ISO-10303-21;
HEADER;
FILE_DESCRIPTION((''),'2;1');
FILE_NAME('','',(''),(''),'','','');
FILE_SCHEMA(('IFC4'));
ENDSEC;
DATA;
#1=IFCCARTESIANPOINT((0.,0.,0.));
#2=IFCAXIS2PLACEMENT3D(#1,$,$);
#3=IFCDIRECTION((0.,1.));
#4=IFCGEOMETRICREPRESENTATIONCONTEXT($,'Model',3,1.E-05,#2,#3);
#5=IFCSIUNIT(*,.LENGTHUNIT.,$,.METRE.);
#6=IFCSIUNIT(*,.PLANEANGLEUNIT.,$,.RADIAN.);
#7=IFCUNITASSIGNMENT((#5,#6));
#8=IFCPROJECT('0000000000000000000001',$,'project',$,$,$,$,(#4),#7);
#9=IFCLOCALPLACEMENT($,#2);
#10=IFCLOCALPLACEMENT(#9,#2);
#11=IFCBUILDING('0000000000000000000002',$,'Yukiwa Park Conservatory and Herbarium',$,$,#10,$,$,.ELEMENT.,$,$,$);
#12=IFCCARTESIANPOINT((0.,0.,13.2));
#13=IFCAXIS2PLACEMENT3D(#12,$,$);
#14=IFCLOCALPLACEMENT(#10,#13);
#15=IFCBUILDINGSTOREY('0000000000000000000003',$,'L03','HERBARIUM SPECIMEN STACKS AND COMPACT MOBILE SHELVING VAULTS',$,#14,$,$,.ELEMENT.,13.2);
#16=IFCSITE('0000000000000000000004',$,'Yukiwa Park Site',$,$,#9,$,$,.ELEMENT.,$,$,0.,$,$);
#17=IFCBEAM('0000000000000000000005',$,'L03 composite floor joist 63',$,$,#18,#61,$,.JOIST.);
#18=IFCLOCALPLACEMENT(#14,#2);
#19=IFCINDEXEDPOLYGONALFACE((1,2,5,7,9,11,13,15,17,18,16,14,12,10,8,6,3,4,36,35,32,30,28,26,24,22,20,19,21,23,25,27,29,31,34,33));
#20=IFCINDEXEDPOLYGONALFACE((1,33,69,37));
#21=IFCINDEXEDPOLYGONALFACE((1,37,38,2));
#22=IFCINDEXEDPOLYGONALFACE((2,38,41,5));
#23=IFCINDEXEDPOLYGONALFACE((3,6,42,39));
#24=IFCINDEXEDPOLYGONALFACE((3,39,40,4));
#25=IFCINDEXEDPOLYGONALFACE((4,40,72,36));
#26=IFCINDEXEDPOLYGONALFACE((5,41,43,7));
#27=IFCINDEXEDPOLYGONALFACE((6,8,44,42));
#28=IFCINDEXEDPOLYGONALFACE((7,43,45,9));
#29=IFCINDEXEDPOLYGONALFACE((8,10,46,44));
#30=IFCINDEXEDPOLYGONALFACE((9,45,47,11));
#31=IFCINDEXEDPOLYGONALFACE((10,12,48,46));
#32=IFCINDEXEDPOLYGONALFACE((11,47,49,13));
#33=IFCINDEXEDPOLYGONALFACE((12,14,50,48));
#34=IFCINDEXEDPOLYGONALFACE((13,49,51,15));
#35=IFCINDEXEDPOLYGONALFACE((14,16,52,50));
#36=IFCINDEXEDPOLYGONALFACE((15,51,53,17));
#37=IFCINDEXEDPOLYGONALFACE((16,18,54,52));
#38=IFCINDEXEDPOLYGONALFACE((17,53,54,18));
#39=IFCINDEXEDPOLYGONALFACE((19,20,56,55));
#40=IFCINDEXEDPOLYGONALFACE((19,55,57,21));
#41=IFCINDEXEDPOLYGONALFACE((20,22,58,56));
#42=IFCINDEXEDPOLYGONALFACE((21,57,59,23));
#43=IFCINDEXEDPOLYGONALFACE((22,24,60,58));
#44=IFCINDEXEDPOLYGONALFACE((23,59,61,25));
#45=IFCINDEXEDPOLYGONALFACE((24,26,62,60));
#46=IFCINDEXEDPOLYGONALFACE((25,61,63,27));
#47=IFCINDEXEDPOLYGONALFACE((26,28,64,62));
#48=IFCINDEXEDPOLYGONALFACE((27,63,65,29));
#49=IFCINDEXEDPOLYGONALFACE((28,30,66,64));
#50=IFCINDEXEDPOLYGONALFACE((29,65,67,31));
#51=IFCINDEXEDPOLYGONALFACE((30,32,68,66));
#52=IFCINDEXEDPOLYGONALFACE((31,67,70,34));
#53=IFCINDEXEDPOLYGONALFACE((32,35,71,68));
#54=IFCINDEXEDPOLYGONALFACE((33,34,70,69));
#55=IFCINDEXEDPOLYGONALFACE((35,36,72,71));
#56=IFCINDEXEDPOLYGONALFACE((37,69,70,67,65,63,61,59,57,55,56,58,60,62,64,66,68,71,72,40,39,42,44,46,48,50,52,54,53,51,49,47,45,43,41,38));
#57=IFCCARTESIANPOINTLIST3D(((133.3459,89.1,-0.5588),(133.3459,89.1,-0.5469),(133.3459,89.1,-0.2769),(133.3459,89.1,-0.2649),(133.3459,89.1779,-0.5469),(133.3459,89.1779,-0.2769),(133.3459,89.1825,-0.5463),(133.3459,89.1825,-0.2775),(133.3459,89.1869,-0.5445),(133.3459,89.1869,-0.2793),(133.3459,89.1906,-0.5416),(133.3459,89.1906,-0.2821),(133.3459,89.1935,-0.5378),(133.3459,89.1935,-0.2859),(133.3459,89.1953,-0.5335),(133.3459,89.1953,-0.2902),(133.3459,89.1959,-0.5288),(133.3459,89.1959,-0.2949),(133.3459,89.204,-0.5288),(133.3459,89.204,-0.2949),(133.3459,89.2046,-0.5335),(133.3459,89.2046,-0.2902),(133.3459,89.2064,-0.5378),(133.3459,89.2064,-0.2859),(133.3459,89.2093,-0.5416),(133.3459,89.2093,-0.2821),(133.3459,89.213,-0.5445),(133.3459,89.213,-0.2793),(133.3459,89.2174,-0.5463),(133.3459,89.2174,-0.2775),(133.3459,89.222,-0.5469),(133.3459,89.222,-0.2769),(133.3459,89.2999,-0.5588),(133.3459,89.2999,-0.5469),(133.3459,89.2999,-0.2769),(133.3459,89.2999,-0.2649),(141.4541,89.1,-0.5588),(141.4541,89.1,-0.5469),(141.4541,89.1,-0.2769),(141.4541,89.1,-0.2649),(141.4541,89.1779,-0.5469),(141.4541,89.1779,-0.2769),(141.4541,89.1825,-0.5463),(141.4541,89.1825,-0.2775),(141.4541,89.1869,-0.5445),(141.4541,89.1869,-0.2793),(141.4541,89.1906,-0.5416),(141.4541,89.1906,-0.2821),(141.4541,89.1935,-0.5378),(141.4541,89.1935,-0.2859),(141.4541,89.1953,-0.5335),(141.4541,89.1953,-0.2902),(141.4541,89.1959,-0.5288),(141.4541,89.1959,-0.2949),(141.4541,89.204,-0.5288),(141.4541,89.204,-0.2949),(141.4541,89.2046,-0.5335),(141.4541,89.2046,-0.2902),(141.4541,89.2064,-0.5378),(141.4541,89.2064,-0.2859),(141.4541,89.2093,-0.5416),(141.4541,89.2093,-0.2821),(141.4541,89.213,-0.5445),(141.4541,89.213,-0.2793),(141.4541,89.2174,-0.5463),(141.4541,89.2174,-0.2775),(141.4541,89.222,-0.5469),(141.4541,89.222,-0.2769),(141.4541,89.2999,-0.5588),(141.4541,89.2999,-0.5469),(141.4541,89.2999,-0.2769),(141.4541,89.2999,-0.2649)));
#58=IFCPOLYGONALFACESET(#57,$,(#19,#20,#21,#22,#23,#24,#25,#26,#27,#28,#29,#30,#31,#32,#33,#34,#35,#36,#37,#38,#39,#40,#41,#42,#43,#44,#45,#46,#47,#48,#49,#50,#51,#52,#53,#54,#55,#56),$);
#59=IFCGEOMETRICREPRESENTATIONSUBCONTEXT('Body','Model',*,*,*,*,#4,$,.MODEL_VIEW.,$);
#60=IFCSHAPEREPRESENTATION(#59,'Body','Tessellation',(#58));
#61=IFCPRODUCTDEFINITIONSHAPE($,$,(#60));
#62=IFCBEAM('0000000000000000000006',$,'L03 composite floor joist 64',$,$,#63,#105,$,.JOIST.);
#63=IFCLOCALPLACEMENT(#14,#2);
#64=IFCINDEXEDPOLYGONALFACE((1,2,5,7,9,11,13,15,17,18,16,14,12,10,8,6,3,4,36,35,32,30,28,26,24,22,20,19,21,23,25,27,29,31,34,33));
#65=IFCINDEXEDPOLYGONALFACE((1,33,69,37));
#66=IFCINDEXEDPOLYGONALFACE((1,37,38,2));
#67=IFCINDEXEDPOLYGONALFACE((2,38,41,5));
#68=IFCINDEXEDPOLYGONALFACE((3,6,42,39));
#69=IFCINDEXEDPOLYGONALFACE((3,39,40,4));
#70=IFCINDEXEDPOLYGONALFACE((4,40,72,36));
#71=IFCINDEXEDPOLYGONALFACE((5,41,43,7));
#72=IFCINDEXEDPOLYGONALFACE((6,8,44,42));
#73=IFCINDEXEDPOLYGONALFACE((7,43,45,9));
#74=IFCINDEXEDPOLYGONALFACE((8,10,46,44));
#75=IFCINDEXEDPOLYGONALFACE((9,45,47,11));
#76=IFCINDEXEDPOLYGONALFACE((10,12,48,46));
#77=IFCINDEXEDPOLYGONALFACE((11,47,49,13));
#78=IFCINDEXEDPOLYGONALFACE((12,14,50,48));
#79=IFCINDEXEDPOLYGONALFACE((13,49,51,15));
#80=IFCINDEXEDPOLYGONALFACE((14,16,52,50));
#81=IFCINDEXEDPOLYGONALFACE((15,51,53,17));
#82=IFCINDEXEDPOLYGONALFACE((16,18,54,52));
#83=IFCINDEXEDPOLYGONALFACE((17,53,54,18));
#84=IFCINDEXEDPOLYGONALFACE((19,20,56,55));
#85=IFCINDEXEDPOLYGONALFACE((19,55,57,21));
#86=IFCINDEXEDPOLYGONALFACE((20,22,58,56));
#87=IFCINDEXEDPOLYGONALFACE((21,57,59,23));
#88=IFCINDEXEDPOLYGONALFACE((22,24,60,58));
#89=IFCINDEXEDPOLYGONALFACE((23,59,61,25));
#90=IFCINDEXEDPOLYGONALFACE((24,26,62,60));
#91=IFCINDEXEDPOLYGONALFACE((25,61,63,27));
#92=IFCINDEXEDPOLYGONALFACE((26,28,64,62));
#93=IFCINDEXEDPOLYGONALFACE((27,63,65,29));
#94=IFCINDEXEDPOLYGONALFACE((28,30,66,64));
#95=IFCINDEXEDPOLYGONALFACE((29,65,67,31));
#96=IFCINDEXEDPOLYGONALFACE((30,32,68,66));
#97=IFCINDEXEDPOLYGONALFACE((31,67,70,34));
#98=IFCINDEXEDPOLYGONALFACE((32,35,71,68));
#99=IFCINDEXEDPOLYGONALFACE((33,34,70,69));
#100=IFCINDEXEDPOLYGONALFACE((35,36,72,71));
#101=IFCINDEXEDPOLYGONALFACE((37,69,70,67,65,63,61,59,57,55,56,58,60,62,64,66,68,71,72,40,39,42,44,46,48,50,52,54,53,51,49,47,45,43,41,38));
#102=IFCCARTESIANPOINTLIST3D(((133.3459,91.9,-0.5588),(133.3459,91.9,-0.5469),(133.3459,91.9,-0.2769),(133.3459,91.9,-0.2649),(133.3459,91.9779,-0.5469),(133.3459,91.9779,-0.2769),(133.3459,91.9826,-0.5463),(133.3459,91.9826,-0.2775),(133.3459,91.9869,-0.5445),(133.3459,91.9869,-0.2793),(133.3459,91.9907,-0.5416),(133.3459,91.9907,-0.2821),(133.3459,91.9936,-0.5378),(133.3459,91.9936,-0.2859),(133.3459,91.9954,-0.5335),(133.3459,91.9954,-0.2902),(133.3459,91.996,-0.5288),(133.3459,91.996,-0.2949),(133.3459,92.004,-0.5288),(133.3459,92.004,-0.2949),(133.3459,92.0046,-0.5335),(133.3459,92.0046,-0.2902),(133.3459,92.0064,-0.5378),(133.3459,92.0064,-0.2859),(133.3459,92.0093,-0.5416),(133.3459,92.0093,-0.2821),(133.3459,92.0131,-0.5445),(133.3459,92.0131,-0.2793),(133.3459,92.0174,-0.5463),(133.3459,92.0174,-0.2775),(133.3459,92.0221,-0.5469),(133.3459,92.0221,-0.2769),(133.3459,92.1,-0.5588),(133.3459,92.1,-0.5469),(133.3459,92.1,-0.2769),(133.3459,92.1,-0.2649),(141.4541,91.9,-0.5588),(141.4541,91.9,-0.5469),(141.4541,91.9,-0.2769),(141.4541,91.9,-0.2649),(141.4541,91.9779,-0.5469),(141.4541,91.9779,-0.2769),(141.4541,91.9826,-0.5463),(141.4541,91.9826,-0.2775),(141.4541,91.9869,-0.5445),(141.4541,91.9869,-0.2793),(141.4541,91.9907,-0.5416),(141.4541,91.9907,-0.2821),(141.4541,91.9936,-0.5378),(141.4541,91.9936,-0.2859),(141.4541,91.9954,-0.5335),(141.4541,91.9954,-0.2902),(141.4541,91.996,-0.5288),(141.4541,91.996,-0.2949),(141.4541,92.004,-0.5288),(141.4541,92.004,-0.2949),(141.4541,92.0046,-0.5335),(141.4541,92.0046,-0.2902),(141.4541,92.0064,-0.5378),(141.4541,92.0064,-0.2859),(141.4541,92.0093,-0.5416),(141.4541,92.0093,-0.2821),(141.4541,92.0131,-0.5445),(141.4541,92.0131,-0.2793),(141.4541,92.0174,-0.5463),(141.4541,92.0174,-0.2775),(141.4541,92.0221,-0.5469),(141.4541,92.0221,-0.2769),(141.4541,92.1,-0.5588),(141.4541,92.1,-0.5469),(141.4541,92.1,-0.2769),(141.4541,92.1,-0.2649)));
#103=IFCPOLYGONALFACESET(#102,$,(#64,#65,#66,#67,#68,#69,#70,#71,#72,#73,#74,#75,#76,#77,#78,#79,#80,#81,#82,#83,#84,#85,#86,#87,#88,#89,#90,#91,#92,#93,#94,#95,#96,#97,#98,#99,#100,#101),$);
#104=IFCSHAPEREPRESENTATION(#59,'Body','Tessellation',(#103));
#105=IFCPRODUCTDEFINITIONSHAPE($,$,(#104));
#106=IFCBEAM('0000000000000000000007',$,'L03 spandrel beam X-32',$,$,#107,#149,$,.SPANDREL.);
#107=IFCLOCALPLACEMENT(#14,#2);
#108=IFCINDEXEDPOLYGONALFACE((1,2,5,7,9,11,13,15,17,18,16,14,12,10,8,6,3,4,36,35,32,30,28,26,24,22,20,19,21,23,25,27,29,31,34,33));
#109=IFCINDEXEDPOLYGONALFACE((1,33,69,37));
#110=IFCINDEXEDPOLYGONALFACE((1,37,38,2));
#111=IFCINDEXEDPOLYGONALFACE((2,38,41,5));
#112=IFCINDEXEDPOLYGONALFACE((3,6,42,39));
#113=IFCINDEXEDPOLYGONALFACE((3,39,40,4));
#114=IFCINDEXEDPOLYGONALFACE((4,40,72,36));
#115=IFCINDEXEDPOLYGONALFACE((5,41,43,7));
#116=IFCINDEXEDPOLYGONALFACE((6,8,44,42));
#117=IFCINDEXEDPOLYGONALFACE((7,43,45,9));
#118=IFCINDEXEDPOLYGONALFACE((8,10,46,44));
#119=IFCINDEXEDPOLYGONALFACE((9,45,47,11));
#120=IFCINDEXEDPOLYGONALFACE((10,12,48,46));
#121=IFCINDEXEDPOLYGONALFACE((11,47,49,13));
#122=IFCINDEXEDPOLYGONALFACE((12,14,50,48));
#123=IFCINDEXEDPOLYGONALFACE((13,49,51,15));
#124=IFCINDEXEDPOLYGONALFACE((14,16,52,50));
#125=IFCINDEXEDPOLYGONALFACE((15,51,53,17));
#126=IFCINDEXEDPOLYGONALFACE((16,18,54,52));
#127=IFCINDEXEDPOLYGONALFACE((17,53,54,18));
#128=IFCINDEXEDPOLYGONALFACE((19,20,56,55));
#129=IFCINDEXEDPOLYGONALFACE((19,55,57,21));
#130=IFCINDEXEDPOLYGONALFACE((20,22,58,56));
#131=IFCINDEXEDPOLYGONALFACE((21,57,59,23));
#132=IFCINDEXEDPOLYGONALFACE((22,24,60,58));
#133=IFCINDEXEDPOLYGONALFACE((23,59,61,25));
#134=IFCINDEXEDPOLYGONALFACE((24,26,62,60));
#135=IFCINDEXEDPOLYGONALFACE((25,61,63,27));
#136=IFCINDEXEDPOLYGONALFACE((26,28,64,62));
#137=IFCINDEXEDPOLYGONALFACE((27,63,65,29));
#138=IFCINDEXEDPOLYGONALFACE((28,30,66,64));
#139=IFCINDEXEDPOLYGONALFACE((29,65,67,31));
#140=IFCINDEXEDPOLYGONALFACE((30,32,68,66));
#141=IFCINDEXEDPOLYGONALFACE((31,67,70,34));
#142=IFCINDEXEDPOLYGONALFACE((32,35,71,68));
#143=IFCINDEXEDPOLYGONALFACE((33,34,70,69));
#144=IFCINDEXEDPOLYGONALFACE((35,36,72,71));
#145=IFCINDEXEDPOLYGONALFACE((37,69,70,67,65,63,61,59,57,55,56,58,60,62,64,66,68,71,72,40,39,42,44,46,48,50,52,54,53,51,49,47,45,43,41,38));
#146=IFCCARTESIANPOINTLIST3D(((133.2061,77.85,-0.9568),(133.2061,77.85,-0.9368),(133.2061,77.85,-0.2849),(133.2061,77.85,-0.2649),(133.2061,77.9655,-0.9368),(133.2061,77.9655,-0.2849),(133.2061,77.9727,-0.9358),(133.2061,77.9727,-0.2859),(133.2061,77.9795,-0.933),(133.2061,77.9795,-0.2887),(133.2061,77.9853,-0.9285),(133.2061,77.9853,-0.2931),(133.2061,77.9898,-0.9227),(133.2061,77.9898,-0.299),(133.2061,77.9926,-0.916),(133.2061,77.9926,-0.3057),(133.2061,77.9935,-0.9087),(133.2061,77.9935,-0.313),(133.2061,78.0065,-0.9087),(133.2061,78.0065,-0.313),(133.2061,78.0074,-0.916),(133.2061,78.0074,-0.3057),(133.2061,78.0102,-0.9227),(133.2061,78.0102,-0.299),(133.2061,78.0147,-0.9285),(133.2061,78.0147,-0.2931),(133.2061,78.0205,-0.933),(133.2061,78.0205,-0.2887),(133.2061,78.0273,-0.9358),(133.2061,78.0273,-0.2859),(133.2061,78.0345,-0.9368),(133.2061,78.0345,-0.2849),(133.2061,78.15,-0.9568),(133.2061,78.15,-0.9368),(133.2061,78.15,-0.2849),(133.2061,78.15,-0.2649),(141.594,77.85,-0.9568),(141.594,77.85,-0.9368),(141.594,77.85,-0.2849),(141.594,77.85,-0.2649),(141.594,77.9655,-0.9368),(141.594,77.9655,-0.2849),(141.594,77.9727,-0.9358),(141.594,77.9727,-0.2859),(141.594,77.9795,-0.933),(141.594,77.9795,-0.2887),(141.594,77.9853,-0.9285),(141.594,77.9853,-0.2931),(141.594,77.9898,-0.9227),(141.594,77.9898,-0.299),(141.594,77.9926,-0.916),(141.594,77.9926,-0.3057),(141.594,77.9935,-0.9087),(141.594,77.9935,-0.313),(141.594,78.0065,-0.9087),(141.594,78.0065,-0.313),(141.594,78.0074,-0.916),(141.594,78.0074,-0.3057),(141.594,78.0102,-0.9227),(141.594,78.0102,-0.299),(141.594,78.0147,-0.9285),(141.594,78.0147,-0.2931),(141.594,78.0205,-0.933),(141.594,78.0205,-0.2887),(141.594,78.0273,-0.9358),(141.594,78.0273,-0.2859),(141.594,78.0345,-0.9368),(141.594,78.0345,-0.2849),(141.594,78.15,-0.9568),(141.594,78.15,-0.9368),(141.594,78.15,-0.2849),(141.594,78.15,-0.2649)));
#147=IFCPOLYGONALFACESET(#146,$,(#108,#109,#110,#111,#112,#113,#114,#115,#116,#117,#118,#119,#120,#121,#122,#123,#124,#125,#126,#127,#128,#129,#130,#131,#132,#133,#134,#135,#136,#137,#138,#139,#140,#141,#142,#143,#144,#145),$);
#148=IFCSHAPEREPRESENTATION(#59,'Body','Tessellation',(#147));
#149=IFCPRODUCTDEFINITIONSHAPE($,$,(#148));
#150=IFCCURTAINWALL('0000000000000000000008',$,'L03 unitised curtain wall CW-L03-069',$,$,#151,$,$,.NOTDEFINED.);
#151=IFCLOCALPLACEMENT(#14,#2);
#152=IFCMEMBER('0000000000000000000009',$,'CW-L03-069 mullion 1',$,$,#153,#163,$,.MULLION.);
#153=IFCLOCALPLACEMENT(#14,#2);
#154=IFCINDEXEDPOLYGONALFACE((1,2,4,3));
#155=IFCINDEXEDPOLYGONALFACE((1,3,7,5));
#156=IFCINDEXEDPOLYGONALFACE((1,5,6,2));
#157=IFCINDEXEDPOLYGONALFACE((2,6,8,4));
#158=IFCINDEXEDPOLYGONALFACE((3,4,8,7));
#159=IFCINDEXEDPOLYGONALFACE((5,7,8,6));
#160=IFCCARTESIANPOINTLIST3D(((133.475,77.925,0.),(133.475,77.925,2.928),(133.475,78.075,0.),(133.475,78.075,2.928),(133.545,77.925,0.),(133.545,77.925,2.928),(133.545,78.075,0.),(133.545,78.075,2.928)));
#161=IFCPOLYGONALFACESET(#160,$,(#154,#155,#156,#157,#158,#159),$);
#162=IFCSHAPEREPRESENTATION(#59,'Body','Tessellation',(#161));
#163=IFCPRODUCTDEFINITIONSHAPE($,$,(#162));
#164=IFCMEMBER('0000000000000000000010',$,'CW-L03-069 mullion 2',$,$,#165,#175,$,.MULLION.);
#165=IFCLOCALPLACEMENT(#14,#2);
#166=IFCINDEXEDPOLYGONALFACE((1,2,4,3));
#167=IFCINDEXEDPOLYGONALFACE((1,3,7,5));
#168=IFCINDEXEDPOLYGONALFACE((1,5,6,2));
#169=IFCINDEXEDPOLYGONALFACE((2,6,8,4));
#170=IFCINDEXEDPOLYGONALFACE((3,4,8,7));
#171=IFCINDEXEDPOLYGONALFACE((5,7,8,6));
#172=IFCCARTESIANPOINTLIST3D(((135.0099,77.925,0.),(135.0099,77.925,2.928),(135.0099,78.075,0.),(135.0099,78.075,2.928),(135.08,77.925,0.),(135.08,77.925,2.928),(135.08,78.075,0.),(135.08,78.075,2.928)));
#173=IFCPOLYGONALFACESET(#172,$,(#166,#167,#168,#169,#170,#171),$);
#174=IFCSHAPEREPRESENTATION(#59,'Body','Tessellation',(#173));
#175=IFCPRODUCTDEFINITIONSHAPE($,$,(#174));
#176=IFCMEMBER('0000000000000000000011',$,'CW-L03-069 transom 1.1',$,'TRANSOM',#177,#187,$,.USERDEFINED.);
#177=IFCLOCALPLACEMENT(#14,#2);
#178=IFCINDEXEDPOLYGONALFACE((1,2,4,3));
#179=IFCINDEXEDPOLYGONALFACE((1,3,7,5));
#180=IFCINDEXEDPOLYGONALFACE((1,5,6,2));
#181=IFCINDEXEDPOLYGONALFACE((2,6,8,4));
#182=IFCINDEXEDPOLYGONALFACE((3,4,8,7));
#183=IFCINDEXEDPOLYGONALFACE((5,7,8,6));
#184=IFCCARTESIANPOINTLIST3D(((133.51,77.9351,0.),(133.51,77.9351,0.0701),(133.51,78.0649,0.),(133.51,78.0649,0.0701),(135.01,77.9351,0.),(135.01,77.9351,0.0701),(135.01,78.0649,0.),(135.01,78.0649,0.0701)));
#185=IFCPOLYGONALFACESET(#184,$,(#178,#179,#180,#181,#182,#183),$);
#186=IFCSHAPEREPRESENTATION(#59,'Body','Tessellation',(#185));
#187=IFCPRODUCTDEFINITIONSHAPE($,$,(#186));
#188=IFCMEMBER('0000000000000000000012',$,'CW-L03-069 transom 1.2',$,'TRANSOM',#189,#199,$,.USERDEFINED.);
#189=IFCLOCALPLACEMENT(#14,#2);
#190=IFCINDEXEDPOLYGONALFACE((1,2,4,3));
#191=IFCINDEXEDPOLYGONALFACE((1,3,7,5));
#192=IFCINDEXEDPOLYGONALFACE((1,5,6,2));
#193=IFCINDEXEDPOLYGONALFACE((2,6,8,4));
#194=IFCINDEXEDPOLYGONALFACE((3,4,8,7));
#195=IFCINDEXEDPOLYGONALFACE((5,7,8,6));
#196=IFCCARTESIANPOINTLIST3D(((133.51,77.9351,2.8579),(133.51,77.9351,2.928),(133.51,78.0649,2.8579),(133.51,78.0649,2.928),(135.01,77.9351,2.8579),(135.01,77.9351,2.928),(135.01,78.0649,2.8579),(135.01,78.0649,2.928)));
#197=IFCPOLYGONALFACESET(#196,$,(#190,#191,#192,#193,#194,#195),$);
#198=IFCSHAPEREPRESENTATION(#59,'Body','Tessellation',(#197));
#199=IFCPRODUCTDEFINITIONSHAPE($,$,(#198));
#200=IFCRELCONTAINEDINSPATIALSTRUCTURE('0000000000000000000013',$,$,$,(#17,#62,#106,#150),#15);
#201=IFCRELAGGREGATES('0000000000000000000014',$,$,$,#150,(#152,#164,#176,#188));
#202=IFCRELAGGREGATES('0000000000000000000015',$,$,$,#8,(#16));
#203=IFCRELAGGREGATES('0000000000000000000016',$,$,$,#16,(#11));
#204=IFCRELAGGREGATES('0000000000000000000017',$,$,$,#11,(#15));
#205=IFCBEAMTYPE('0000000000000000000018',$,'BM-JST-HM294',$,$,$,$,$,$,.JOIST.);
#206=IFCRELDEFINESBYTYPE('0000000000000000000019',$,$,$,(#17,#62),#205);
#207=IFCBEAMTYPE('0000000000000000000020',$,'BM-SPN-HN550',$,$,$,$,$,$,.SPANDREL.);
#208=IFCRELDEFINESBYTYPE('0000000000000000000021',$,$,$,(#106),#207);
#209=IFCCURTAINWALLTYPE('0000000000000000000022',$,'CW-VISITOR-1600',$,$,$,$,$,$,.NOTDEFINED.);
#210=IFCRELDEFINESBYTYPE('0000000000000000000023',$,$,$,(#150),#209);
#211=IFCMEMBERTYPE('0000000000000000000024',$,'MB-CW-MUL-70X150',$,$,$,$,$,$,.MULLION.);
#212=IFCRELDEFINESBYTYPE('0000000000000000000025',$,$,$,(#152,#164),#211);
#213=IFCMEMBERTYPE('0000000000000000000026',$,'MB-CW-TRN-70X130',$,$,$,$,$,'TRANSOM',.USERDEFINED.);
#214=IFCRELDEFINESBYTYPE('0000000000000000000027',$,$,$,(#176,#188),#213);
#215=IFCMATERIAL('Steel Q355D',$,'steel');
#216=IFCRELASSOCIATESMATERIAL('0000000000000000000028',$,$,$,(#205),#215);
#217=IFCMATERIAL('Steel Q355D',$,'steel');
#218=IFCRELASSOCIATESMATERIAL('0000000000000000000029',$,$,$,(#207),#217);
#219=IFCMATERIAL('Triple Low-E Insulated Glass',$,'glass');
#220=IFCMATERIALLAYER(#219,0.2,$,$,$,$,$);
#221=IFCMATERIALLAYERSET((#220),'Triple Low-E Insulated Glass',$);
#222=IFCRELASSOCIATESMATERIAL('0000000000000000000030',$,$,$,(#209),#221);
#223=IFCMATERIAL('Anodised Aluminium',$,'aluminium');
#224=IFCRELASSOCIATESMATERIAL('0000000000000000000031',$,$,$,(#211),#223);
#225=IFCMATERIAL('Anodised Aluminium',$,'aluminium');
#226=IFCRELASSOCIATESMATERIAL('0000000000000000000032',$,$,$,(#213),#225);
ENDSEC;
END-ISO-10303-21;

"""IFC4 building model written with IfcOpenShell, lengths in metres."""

from ifc_helpers import new_model, si_unit, direction, frame, origin, origin_2d, place, context, subcontext, project, spatial, rectangle, i_section, extrude, material, layer, layer_set, material_profile, profile_set, type_object, element, aggregate, save


model = new_model("IFC4")

# Units and contexts
model_context = context("Model", 3, precision=1e-05, world=origin(), true_north=direction((0.0, 1.0)))
body_context = subcontext(model_context, "Body", "Model", "MODEL_VIEW")
ifc_project = project(units=[si_unit("LENGTHUNIT", "METRE"), si_unit("PLANEANGLEUNIT", "RADIAN")], contexts=[model_context])

# Site, building, storey
site_placement = place(None, origin())
site = spatial("IfcSite", under=ifc_project, at=site_placement, Name="Yukiwa Park Site", CompositionType="ELEMENT", RefElevation=0.0)
building_placement = place(site_placement, origin())
building = spatial("IfcBuilding", under=site, at=building_placement, Name="Yukiwa Park Conservatory and Herbarium", CompositionType="ELEMENT")
storey_placement = place(building_placement, frame((0.0, 0.0, 13.2)))
storey = spatial("IfcBuildingStorey", under=building, at=storey_placement, Name="L03", Description="HERBARIUM SPECIMEN STACKS AND COMPACT MOBILE SHELVING VAULTS", CompositionType="ELEMENT", Elevation=13.2)

# Beams
ifc_material_1 = material(Name="Steel Q355D", Category="steel")
ifc_material_profile_1 = material_profile(ifc_material_1, i_section(OverallWidth=0.2, OverallDepth=0.2939, WebThickness=0.0081, FlangeThickness=0.012, FilletRadius=0.0181, at=origin_2d()), Name="HM 294x200x8x12")
ifc_profile_set_1 = profile_set([ifc_material_profile_1], Name="Steel Q355D")
beam_type_1 = type_object("IfcBeamType", Name="BM-JST-HM294", PredefinedType="JOIST", material=ifc_profile_set_1)
for number, where, z_axis, x_axis, name in (
    (1, (133.3459, 89.2, -0.4119), (1.0, 0.0, 0.0), (0.0, 1.0, 0.0), "L03 composite floor joist 63"),
    (2, (133.3459, 92.0, -0.4119), (1.0, 0.0, 0.0), (0.0, 1.0, 0.0), "L03 composite floor joist 64"),
):
    element("IfcBeam", number, at=place(storey_placement, frame(where, z_axis=z_axis, x_axis=x_axis)), inside=storey, type_object=beam_type_1, Name=name, PredefinedType="JOIST", context=body_context, shape_type="SweptSolid", body=[
        extrude(i_section(OverallWidth=0.2, OverallDepth=0.2939, WebThickness=0.0081, FlangeThickness=0.012, FilletRadius=0.0181, at=origin_2d()), origin(), (0.0, 0.0, 1.0), 8.1082),
    ])
ifc_material_2 = material(Name="Steel Q355D", Category="steel")
ifc_material_profile_2 = material_profile(ifc_material_2, i_section(OverallWidth=0.3, OverallDepth=0.6919, WebThickness=0.0129, FlangeThickness=0.02, FilletRadius=0.0281, at=origin_2d()), Name="HN 692x300x13x20")
ifc_profile_set_2 = profile_set([ifc_material_profile_2], Name="Steel Q355D")
beam_type_2 = type_object("IfcBeamType", Name="BM-SPN-HN550", PredefinedType="SPANDREL", material=ifc_profile_set_2)
beam_1_placement = place(storey_placement, frame((133.2061, 78.0, -0.6108), z_axis=(1.0, 0.0, 0.0), x_axis=(0.0, 1.0, 0.0)))
element("IfcBeam", 3, at=beam_1_placement, inside=storey, type_object=beam_type_2, Name="L03 spandrel beam X-32", PredefinedType="SPANDREL", context=body_context, shape_type="SweptSolid", body=[
    extrude(i_section(OverallWidth=0.3, OverallDepth=0.6919, WebThickness=0.0129, FlangeThickness=0.02, FilletRadius=0.0281, at=origin_2d()), origin(), (0.0, 0.0, 1.0), 8.3879),
])

# Curtain wall, members
ifc_material_3 = material(Name="Triple Low-E Insulated Glass", Category="glass")
ifc_layer_1 = layer(ifc_material_3, 0.2)
ifc_layer_set_1 = layer_set([ifc_layer_1], Name="Triple Low-E Insulated Glass")
curtain_wall_type = type_object("IfcCurtainWallType", Name="CW-VISITOR-1600", PredefinedType="NOTDEFINED", material=ifc_layer_set_1)
curtain_wall_placement = place(storey_placement, origin())
curtain_wall = element("IfcCurtainWall", 4, at=curtain_wall_placement, inside=storey, type_object=curtain_wall_type, Name="L03 unitised curtain wall CW-L03-069", PredefinedType="NOTDEFINED")
ifc_material_4 = material(Name="Anodised Aluminium", Category="aluminium")
member_type_1 = type_object("IfcMemberType", Name="MB-CW-MUL-70X150", PredefinedType="MULLION", material=ifc_material_4)
member_1_placement = place(storey_placement, frame((133.51, 78.0, 0.0), z_axis=(0.0, 0.0, 1.0), x_axis=(1.0, 0.0, 0.0)))
member_1 = element("IfcMember", 5, at=member_1_placement, type_object=member_type_1, Name="CW-L03-069 mullion 1", PredefinedType="MULLION", context=body_context, shape_type="SweptSolid", body=[
    extrude(rectangle(XDim=0.0701, YDim=0.1499, at=origin_2d()), origin(), (0.0, 0.0, 1.0), 2.928),
])
member_2_placement = place(storey_placement, frame((135.0449, 78.0, 0.0), z_axis=(0.0, 0.0, 1.0), x_axis=(1.0, 0.0, 0.0)))
member_2 = element("IfcMember", 6, at=member_2_placement, type_object=member_type_1, Name="CW-L03-069 mullion 2", PredefinedType="MULLION", context=body_context, shape_type="SweptSolid", body=[
    extrude(rectangle(XDim=0.0701, YDim=0.1499, at=origin_2d()), origin(), (0.0, 0.0, 1.0), 2.928),
])
ifc_material_5 = material(Name="Anodised Aluminium", Category="aluminium")
member_type_2 = type_object("IfcMemberType", Name="MB-CW-TRN-70X130", ElementType="TRANSOM", PredefinedType="USERDEFINED", material=ifc_material_5)
member_3_placement = place(storey_placement, frame((134.26, 78.0, 0.0), z_axis=(0.0, 0.0, 1.0), x_axis=(1.0, 0.0, 0.0)))
member_3 = element("IfcMember", 7, at=member_3_placement, type_object=member_type_2, Name="CW-L03-069 transom 1.1", ObjectType="TRANSOM", PredefinedType="USERDEFINED", context=body_context, shape_type="SweptSolid", body=[
    extrude(rectangle(XDim=1.5, YDim=0.1299, at=origin_2d()), origin(), (0.0, 0.0, 1.0), 0.0701),
])
member_4_placement = place(storey_placement, frame((134.26, 78.0, 2.8579), z_axis=(0.0, 0.0, 1.0), x_axis=(1.0, 0.0, 0.0)))
member_4 = element("IfcMember", 8, at=member_4_placement, type_object=member_type_2, Name="CW-L03-069 transom 1.2", ObjectType="TRANSOM", PredefinedType="USERDEFINED", context=body_context, shape_type="SweptSolid", body=[
    extrude(rectangle(XDim=1.5, YDim=0.1299, at=origin_2d()), origin(), (0.0, 0.0, 1.0), 0.0701),
])
aggregate(curtain_wall, [member_1, member_2, member_3, member_4])

save(model, "model.ifc")
